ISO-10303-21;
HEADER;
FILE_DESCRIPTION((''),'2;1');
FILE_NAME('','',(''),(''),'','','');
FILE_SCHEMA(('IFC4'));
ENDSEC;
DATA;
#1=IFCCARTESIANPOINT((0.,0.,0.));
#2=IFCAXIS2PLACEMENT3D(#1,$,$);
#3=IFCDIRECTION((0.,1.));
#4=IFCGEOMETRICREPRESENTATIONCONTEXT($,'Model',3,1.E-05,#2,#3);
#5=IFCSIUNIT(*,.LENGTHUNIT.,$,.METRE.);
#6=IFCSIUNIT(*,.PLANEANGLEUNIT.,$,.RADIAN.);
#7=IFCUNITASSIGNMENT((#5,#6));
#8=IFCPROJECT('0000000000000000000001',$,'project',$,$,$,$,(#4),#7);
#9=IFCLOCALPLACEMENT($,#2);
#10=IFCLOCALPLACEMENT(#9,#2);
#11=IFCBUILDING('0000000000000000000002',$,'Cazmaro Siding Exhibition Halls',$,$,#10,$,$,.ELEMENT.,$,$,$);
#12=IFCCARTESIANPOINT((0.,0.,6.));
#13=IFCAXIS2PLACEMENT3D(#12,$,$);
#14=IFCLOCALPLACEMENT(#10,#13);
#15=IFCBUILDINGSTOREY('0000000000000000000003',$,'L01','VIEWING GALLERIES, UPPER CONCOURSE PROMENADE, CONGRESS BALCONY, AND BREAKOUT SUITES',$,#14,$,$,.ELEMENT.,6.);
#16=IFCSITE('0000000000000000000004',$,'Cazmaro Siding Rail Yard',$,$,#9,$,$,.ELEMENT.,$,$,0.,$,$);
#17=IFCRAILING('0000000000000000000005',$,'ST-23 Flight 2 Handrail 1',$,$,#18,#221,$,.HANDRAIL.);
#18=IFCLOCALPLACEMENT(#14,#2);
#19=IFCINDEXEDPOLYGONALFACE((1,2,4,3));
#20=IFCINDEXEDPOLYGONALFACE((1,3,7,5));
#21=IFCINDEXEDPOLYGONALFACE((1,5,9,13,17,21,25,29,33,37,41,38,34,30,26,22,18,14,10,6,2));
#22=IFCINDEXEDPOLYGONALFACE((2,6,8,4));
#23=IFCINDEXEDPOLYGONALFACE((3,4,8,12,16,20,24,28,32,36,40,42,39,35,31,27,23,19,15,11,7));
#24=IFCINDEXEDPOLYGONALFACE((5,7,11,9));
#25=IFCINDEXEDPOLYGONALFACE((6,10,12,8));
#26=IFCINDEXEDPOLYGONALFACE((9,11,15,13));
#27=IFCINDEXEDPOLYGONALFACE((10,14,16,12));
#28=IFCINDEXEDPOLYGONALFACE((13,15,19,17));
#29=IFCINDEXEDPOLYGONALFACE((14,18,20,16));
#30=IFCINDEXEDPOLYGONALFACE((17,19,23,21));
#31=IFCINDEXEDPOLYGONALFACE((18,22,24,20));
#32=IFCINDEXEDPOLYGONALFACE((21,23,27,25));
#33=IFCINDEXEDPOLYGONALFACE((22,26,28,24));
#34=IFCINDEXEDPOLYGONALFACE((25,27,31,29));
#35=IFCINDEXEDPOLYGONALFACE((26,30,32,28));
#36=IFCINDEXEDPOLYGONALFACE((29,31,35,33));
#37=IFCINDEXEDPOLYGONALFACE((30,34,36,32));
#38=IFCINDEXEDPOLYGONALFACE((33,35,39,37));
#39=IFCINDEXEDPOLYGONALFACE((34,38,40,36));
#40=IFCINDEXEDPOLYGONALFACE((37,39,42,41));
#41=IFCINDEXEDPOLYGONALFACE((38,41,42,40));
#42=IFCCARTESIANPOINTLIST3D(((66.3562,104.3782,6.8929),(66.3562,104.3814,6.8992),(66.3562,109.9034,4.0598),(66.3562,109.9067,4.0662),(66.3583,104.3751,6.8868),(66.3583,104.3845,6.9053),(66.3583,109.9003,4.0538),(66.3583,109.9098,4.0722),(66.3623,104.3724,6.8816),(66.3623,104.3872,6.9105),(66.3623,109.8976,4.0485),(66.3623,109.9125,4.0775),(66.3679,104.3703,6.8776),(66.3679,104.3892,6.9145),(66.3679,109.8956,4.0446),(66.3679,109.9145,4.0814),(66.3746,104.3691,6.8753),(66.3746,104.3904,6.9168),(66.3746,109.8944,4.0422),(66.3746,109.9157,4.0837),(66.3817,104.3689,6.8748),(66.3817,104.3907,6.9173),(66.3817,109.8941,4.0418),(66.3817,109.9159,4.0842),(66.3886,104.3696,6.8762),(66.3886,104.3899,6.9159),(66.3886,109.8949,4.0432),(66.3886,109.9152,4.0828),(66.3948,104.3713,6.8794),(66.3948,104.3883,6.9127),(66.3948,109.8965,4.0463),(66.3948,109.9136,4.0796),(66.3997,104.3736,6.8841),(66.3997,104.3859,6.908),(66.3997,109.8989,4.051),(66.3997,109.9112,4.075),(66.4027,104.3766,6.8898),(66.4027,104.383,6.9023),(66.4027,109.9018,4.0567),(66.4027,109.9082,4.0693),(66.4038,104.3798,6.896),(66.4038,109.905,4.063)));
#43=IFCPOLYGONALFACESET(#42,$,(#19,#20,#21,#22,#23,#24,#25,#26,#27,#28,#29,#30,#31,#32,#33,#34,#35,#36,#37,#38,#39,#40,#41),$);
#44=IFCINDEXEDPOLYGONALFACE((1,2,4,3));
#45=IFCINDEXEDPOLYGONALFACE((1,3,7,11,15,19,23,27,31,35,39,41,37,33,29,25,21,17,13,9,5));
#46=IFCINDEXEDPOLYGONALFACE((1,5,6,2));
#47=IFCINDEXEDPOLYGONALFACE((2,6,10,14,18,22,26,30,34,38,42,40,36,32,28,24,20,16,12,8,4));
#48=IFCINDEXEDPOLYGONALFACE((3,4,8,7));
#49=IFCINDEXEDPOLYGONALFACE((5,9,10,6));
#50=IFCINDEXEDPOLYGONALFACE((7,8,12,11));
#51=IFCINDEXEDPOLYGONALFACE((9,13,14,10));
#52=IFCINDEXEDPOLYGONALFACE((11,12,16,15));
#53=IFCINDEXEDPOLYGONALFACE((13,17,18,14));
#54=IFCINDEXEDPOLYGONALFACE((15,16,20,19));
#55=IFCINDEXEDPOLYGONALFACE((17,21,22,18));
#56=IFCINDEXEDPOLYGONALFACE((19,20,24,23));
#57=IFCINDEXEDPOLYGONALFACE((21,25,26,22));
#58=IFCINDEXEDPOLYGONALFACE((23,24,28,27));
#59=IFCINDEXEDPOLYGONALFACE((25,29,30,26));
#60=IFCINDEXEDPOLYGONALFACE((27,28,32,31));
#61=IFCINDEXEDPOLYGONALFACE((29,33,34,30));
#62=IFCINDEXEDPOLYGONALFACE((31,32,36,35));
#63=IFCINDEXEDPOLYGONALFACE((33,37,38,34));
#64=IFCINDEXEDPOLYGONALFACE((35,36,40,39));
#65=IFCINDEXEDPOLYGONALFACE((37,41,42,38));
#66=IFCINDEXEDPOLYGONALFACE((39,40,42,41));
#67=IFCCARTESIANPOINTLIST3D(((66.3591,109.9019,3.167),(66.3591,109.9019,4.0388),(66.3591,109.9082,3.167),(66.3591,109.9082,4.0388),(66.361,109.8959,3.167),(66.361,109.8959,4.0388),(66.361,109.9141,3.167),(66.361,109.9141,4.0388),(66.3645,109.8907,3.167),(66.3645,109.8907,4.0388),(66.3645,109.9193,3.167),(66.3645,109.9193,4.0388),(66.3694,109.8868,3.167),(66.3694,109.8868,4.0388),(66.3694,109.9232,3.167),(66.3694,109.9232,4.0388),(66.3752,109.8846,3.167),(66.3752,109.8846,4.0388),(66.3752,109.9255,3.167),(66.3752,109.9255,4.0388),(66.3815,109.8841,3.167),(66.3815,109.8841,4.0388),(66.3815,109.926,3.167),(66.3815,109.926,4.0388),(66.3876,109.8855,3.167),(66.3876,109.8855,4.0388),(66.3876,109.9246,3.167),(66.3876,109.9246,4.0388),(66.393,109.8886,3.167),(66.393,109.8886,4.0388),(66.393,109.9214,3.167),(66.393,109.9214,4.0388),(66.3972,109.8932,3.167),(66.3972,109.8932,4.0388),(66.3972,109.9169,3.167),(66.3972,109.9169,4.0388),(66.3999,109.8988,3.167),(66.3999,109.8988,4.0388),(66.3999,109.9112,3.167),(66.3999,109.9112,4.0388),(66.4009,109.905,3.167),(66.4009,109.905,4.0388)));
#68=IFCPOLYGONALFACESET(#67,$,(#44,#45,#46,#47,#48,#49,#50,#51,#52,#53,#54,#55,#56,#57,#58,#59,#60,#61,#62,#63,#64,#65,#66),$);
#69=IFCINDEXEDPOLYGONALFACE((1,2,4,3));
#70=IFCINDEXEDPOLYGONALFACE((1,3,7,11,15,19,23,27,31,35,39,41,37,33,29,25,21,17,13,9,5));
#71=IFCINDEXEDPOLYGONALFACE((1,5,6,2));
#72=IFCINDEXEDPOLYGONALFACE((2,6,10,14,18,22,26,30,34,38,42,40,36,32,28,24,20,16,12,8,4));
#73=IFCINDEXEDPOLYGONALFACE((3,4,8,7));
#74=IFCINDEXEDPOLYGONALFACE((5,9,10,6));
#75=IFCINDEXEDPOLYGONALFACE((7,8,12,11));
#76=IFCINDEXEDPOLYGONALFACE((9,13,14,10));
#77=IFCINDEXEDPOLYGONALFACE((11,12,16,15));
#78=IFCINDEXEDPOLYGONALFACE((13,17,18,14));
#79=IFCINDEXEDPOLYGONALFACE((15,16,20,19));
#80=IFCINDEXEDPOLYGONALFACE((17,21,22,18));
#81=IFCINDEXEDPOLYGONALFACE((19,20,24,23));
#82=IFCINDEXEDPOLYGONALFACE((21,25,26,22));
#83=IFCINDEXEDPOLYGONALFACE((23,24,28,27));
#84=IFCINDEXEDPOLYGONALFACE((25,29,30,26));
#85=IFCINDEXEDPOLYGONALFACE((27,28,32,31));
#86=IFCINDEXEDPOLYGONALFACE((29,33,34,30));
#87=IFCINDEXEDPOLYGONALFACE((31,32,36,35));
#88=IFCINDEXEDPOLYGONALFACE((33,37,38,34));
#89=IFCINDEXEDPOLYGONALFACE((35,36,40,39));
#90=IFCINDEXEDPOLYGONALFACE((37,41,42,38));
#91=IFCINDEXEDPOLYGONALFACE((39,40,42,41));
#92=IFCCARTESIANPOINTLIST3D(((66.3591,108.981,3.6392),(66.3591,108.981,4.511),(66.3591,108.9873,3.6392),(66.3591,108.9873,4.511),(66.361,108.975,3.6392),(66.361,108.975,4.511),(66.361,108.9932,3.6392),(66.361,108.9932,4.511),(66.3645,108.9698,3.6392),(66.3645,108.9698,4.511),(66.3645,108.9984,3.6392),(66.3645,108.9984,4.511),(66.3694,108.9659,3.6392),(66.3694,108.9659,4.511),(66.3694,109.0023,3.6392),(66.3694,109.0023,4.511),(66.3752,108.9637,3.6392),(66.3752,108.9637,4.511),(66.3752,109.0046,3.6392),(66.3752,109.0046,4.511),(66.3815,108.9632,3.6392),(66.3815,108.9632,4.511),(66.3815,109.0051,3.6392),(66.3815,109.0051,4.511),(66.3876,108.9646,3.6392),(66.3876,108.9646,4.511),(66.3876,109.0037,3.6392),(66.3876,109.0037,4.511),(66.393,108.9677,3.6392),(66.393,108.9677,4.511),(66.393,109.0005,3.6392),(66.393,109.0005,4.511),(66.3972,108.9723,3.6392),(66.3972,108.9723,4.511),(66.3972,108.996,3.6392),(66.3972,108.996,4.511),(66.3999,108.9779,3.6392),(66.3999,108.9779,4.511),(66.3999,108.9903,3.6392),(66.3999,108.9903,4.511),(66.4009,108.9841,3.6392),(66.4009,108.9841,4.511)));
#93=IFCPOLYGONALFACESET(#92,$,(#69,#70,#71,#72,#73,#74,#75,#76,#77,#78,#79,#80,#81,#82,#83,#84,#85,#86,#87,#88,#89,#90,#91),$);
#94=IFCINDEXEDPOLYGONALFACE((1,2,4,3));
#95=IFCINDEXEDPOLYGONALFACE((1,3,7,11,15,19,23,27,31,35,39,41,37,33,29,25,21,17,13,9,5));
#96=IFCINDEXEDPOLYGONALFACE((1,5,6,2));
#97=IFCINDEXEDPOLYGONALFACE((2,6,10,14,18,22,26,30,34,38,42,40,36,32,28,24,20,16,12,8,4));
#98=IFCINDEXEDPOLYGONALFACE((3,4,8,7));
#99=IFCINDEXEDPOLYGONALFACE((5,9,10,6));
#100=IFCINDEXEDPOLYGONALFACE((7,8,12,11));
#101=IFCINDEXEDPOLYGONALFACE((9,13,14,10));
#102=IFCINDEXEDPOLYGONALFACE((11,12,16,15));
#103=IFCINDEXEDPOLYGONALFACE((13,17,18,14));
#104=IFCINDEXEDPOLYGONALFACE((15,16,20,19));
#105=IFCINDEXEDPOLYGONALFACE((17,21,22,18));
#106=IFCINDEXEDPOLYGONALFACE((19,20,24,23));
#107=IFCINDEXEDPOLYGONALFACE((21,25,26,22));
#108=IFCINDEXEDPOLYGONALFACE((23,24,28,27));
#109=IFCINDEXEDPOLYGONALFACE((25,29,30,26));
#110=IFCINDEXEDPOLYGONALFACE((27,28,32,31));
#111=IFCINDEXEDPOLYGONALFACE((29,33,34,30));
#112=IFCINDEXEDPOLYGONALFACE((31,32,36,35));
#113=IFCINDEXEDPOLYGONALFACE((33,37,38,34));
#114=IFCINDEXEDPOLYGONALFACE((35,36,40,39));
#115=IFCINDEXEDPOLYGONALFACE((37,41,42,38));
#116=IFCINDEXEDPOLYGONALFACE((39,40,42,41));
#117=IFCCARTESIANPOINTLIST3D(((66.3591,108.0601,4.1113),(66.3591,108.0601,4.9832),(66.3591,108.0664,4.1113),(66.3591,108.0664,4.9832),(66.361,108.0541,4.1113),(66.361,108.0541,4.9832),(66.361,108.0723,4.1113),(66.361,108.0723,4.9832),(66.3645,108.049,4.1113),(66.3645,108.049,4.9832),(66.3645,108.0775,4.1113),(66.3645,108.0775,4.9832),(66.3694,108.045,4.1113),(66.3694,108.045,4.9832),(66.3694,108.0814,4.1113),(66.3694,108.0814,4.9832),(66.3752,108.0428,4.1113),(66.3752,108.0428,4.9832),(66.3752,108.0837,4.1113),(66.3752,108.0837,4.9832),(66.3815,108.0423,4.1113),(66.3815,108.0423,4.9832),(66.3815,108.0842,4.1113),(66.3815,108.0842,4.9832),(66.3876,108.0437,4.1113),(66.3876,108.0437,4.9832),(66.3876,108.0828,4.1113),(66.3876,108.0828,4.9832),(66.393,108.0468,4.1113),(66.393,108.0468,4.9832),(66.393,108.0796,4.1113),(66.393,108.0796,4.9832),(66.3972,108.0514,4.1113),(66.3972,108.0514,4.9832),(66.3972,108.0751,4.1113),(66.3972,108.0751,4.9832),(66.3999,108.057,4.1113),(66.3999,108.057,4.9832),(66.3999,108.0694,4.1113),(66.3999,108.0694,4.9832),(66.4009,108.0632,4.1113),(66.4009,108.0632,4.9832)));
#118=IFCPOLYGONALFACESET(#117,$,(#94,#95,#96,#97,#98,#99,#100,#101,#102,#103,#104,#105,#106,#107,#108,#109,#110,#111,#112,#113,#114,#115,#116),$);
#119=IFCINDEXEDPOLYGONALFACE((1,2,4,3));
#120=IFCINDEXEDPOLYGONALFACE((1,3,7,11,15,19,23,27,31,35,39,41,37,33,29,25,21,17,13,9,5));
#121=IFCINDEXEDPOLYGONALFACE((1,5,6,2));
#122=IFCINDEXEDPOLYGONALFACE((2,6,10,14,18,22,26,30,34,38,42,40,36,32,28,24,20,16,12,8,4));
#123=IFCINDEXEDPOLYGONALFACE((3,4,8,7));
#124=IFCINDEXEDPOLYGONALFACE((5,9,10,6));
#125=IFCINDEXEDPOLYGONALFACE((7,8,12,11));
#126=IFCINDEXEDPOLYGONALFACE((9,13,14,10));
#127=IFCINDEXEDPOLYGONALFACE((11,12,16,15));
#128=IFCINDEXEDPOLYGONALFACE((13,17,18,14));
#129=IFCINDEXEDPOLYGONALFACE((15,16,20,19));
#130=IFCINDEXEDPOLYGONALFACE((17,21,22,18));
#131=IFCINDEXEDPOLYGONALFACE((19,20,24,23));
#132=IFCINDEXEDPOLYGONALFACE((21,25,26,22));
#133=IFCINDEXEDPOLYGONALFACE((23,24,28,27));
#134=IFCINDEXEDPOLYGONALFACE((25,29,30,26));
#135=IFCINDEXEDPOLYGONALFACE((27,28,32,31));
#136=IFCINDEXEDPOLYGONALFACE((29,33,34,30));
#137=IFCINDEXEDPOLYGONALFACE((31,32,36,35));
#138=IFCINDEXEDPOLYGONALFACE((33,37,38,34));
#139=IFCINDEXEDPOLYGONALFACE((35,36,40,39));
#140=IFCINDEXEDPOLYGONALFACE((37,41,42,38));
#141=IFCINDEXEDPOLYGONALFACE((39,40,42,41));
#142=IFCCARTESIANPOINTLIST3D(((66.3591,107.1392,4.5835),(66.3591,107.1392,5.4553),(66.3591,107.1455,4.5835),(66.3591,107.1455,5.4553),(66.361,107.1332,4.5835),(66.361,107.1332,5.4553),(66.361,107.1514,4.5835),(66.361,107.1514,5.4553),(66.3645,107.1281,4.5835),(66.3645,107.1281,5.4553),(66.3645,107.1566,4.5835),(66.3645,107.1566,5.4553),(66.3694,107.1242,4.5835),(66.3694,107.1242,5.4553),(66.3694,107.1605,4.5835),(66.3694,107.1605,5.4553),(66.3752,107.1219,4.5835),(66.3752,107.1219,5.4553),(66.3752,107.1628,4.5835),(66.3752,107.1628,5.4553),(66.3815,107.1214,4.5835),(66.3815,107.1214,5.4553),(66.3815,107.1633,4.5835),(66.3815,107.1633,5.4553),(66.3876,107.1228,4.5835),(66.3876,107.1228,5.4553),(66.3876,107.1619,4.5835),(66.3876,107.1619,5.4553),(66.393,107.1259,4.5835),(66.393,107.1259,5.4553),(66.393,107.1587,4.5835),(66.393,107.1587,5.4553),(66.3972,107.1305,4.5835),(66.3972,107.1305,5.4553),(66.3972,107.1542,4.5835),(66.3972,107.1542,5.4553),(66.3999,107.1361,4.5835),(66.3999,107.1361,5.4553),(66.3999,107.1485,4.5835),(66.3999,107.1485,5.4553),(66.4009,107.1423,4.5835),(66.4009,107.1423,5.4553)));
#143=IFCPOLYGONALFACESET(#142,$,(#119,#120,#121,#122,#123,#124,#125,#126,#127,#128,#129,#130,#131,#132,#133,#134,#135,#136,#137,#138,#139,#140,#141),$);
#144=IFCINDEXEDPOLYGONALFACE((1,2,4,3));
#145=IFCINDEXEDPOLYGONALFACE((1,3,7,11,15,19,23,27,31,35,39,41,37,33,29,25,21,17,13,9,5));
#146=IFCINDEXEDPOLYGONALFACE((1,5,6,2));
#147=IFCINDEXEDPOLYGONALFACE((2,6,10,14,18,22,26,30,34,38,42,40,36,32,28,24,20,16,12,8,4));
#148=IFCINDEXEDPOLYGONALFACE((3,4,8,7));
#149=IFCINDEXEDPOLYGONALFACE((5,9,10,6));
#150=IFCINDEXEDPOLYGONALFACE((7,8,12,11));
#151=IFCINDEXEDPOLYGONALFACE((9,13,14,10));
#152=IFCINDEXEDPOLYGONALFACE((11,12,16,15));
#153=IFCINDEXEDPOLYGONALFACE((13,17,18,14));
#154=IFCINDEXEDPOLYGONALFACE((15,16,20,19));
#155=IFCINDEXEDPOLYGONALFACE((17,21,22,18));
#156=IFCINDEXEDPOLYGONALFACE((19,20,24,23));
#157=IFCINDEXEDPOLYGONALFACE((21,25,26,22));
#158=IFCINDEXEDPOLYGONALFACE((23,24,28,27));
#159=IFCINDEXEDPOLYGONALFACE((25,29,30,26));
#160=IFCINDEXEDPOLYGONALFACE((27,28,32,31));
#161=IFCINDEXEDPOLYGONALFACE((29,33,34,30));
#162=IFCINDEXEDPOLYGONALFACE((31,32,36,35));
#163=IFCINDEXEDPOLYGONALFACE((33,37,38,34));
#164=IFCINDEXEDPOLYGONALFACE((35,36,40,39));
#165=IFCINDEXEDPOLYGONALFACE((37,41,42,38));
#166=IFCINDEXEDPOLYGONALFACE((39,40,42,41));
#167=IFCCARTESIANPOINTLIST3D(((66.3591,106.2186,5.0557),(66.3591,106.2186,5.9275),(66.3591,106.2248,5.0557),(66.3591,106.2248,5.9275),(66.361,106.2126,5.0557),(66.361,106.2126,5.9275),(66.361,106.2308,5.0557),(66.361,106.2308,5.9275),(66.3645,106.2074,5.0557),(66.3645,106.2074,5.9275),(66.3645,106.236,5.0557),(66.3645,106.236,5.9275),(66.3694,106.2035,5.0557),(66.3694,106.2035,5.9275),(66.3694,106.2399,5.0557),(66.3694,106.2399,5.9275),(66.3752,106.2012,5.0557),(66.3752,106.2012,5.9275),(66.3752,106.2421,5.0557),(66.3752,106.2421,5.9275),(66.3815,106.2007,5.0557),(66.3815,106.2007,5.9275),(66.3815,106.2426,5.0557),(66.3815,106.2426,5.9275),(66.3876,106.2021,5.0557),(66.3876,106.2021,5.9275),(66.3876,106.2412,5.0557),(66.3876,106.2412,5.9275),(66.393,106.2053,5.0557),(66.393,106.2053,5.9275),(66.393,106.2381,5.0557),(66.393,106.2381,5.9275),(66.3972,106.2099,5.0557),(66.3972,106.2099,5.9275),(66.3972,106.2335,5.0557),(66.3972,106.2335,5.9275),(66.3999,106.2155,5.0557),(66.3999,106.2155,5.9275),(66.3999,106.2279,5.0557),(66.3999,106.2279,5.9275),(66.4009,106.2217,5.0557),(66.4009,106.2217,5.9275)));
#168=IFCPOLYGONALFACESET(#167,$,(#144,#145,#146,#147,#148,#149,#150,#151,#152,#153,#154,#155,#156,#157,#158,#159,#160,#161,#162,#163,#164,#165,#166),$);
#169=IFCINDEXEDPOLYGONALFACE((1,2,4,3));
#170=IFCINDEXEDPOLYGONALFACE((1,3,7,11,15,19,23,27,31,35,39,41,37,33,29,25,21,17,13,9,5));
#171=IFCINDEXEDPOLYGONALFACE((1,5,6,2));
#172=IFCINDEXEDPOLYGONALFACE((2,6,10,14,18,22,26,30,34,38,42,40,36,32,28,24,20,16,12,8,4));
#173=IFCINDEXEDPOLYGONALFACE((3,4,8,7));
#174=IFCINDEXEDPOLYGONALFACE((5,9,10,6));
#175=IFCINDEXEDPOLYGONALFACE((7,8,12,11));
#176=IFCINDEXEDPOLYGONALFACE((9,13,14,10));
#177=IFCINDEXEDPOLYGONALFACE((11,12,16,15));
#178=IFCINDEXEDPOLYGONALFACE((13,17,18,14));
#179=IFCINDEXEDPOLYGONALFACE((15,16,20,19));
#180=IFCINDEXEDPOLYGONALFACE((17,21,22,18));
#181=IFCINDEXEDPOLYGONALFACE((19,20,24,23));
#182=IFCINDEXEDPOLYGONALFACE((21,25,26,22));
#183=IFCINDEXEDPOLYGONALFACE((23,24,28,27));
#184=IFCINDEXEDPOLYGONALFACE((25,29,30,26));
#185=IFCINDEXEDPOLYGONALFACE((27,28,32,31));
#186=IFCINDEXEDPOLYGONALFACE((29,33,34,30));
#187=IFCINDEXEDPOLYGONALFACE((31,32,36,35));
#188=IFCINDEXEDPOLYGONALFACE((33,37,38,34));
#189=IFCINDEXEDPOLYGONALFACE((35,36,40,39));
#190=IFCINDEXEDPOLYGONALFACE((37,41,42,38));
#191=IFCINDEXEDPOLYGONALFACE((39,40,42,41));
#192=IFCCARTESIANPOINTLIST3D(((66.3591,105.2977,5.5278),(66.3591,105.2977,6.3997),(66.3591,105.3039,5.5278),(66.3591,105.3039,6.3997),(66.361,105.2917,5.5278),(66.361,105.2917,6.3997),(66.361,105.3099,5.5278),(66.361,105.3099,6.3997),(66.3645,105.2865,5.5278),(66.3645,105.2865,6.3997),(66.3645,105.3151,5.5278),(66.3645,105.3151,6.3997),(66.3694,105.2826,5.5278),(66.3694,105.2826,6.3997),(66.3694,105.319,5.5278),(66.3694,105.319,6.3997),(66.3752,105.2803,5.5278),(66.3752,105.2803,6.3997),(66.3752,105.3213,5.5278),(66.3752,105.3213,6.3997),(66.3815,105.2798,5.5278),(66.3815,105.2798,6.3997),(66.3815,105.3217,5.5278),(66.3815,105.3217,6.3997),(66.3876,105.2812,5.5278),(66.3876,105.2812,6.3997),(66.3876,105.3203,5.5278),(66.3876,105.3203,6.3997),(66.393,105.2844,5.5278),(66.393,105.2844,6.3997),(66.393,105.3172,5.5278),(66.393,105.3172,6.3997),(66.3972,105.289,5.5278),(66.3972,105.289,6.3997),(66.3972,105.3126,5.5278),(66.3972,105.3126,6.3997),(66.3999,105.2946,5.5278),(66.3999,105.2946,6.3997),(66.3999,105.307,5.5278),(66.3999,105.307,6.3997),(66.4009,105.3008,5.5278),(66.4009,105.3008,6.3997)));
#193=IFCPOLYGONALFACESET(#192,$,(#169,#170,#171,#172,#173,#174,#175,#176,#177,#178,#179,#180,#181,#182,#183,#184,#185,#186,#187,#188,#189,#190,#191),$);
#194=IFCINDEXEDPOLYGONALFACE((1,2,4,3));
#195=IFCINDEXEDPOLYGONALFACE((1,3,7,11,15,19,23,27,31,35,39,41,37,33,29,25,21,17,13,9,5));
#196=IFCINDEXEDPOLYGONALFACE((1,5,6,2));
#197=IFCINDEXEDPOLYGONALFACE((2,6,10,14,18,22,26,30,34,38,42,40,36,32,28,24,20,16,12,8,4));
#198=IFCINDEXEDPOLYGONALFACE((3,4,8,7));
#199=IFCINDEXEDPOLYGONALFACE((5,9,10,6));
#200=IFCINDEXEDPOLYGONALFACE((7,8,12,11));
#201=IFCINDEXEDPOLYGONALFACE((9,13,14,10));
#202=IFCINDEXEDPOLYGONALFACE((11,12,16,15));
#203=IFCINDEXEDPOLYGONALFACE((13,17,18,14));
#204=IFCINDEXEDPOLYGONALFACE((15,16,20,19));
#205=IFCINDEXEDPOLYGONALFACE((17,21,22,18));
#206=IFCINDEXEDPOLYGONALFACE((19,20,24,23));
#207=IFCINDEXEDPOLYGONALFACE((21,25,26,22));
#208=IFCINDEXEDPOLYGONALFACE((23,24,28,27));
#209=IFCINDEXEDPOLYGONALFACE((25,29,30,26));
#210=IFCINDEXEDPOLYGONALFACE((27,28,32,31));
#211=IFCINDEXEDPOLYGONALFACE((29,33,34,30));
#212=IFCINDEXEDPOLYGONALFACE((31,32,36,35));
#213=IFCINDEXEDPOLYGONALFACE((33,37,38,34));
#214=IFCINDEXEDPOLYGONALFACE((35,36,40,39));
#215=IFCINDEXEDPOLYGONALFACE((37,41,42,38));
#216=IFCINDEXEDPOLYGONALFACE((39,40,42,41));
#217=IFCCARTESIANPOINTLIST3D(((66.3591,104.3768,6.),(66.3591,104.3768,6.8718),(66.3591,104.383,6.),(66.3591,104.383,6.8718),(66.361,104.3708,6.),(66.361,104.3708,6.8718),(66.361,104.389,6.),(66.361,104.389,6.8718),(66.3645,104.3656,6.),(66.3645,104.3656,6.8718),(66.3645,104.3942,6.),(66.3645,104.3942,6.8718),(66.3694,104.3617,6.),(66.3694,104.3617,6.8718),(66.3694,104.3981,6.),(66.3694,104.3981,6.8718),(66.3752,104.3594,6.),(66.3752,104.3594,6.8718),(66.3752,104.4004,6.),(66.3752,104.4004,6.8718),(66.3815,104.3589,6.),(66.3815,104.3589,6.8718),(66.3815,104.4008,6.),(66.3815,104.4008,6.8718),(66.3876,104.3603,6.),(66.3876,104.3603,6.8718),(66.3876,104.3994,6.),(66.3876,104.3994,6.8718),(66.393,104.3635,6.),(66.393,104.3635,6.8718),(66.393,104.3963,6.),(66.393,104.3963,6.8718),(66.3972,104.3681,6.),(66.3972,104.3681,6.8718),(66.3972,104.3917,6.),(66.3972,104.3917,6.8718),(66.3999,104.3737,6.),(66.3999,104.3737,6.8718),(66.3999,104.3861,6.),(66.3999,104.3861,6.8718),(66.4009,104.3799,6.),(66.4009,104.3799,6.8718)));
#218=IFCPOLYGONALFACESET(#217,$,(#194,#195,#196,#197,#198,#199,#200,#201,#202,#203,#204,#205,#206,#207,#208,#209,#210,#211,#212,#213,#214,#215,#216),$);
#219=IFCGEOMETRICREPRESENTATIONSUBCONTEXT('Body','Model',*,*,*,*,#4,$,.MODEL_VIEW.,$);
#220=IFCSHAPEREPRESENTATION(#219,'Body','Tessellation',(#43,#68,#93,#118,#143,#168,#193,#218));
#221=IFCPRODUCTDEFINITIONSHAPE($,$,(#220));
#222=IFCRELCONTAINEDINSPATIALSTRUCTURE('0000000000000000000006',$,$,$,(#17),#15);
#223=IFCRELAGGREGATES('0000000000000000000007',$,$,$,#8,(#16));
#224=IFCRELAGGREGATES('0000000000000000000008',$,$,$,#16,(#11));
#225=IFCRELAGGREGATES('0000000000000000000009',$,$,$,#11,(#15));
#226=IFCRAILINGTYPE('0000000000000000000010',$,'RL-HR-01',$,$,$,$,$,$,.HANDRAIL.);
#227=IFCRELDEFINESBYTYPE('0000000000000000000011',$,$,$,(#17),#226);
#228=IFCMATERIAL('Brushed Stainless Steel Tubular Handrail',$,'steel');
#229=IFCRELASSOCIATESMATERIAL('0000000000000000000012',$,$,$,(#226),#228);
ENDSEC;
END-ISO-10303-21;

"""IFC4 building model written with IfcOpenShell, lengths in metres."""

from ifc_helpers import new_model, si_unit, direction, frame, origin, origin_2d, place, context, subcontext, project, spatial, circle, extrude, material, type_object, element, save


model = new_model("IFC4")

# Units and contexts
model_context = context("Model", 3, precision=1e-05, world=origin(), true_north=direction((0.0, 1.0)))
body_context = subcontext(model_context, "Body", "Model", "MODEL_VIEW")
ifc_project = project(units=[si_unit("LENGTHUNIT", "METRE"), si_unit("PLANEANGLEUNIT", "RADIAN")], contexts=[model_context])

# Site, building, storey
site_placement = place(None, origin())
site = spatial("IfcSite", under=ifc_project, at=site_placement, Name="Cazmaro Siding Rail Yard", CompositionType="ELEMENT", RefElevation=0.0)
building_placement = place(site_placement, origin())
building = spatial("IfcBuilding", under=site, at=building_placement, Name="Cazmaro Siding Exhibition Halls", CompositionType="ELEMENT")
storey_placement = place(building_placement, frame((0.0, 0.0, 6.0)))
storey = spatial("IfcBuildingStorey", under=building, at=storey_placement, Name="L01", Description="VIEWING GALLERIES, UPPER CONCOURSE PROMENADE, CONGRESS BALCONY, AND BREAKOUT SUITES", CompositionType="ELEMENT", Elevation=6.0)

# Railing
ifc_material_1 = material(Name="Brushed Stainless Steel Tubular Handrail", Category="steel")
railing_type_1 = type_object("IfcRailingType", Name="RL-HR-01", PredefinedType="HANDRAIL", material=ifc_material_1)
railing_1_placement = place(storey_placement, frame((66.3799, 109.905, 3.167)))
element("IfcRailing", 1, at=railing_1_placement, inside=storey, type_object=railing_type_1, Name="ST-23 Flight 2 Handrail 1", PredefinedType="HANDRAIL", context=body_context, shape_type="SweptSolid", body=[
    extrude(circle(Radius=0.0239, at=origin_2d()), frame((0.0, 0.0, 0.896), z_axis=(0.0, -0.889844, 0.456266), x_axis=(1.0, 0.0, 0.0)), (0.0, 0.0, 1.0), 6.2092),
    extrude(circle(Radius=0.021, at=origin_2d()), origin(), (0.0, 0.0, 1.0), 0.8718),
    extrude(circle(Radius=0.021, at=origin_2d()), frame((0.0, -0.9209, 0.4722)), (0.0, 0.0, 1.0), 0.8718),
    extrude(circle(Radius=0.021, at=origin_2d()), frame((0.0, -1.8418, 0.9443)), (0.0, 0.0, 1.0), 0.8718),
    extrude(circle(Radius=0.021, at=origin_2d()), frame((0.0, -2.7627, 1.4165)), (0.0, 0.0, 1.0), 0.8718),
    extrude(circle(Radius=0.021, at=origin_2d()), frame((0.0, -3.6833, 1.8887)), (0.0, 0.0, 1.0), 0.8718),
    extrude(circle(Radius=0.021, at=origin_2d()), frame((0.0, -4.6042, 2.3608)), (0.0, 0.0, 1.0), 0.8718),
    extrude(circle(Radius=0.021, at=origin_2d()), frame((0.0, -5.5251, 2.833)), (0.0, 0.0, 1.0), 0.8718),
])

save(model, "model.ifc")
